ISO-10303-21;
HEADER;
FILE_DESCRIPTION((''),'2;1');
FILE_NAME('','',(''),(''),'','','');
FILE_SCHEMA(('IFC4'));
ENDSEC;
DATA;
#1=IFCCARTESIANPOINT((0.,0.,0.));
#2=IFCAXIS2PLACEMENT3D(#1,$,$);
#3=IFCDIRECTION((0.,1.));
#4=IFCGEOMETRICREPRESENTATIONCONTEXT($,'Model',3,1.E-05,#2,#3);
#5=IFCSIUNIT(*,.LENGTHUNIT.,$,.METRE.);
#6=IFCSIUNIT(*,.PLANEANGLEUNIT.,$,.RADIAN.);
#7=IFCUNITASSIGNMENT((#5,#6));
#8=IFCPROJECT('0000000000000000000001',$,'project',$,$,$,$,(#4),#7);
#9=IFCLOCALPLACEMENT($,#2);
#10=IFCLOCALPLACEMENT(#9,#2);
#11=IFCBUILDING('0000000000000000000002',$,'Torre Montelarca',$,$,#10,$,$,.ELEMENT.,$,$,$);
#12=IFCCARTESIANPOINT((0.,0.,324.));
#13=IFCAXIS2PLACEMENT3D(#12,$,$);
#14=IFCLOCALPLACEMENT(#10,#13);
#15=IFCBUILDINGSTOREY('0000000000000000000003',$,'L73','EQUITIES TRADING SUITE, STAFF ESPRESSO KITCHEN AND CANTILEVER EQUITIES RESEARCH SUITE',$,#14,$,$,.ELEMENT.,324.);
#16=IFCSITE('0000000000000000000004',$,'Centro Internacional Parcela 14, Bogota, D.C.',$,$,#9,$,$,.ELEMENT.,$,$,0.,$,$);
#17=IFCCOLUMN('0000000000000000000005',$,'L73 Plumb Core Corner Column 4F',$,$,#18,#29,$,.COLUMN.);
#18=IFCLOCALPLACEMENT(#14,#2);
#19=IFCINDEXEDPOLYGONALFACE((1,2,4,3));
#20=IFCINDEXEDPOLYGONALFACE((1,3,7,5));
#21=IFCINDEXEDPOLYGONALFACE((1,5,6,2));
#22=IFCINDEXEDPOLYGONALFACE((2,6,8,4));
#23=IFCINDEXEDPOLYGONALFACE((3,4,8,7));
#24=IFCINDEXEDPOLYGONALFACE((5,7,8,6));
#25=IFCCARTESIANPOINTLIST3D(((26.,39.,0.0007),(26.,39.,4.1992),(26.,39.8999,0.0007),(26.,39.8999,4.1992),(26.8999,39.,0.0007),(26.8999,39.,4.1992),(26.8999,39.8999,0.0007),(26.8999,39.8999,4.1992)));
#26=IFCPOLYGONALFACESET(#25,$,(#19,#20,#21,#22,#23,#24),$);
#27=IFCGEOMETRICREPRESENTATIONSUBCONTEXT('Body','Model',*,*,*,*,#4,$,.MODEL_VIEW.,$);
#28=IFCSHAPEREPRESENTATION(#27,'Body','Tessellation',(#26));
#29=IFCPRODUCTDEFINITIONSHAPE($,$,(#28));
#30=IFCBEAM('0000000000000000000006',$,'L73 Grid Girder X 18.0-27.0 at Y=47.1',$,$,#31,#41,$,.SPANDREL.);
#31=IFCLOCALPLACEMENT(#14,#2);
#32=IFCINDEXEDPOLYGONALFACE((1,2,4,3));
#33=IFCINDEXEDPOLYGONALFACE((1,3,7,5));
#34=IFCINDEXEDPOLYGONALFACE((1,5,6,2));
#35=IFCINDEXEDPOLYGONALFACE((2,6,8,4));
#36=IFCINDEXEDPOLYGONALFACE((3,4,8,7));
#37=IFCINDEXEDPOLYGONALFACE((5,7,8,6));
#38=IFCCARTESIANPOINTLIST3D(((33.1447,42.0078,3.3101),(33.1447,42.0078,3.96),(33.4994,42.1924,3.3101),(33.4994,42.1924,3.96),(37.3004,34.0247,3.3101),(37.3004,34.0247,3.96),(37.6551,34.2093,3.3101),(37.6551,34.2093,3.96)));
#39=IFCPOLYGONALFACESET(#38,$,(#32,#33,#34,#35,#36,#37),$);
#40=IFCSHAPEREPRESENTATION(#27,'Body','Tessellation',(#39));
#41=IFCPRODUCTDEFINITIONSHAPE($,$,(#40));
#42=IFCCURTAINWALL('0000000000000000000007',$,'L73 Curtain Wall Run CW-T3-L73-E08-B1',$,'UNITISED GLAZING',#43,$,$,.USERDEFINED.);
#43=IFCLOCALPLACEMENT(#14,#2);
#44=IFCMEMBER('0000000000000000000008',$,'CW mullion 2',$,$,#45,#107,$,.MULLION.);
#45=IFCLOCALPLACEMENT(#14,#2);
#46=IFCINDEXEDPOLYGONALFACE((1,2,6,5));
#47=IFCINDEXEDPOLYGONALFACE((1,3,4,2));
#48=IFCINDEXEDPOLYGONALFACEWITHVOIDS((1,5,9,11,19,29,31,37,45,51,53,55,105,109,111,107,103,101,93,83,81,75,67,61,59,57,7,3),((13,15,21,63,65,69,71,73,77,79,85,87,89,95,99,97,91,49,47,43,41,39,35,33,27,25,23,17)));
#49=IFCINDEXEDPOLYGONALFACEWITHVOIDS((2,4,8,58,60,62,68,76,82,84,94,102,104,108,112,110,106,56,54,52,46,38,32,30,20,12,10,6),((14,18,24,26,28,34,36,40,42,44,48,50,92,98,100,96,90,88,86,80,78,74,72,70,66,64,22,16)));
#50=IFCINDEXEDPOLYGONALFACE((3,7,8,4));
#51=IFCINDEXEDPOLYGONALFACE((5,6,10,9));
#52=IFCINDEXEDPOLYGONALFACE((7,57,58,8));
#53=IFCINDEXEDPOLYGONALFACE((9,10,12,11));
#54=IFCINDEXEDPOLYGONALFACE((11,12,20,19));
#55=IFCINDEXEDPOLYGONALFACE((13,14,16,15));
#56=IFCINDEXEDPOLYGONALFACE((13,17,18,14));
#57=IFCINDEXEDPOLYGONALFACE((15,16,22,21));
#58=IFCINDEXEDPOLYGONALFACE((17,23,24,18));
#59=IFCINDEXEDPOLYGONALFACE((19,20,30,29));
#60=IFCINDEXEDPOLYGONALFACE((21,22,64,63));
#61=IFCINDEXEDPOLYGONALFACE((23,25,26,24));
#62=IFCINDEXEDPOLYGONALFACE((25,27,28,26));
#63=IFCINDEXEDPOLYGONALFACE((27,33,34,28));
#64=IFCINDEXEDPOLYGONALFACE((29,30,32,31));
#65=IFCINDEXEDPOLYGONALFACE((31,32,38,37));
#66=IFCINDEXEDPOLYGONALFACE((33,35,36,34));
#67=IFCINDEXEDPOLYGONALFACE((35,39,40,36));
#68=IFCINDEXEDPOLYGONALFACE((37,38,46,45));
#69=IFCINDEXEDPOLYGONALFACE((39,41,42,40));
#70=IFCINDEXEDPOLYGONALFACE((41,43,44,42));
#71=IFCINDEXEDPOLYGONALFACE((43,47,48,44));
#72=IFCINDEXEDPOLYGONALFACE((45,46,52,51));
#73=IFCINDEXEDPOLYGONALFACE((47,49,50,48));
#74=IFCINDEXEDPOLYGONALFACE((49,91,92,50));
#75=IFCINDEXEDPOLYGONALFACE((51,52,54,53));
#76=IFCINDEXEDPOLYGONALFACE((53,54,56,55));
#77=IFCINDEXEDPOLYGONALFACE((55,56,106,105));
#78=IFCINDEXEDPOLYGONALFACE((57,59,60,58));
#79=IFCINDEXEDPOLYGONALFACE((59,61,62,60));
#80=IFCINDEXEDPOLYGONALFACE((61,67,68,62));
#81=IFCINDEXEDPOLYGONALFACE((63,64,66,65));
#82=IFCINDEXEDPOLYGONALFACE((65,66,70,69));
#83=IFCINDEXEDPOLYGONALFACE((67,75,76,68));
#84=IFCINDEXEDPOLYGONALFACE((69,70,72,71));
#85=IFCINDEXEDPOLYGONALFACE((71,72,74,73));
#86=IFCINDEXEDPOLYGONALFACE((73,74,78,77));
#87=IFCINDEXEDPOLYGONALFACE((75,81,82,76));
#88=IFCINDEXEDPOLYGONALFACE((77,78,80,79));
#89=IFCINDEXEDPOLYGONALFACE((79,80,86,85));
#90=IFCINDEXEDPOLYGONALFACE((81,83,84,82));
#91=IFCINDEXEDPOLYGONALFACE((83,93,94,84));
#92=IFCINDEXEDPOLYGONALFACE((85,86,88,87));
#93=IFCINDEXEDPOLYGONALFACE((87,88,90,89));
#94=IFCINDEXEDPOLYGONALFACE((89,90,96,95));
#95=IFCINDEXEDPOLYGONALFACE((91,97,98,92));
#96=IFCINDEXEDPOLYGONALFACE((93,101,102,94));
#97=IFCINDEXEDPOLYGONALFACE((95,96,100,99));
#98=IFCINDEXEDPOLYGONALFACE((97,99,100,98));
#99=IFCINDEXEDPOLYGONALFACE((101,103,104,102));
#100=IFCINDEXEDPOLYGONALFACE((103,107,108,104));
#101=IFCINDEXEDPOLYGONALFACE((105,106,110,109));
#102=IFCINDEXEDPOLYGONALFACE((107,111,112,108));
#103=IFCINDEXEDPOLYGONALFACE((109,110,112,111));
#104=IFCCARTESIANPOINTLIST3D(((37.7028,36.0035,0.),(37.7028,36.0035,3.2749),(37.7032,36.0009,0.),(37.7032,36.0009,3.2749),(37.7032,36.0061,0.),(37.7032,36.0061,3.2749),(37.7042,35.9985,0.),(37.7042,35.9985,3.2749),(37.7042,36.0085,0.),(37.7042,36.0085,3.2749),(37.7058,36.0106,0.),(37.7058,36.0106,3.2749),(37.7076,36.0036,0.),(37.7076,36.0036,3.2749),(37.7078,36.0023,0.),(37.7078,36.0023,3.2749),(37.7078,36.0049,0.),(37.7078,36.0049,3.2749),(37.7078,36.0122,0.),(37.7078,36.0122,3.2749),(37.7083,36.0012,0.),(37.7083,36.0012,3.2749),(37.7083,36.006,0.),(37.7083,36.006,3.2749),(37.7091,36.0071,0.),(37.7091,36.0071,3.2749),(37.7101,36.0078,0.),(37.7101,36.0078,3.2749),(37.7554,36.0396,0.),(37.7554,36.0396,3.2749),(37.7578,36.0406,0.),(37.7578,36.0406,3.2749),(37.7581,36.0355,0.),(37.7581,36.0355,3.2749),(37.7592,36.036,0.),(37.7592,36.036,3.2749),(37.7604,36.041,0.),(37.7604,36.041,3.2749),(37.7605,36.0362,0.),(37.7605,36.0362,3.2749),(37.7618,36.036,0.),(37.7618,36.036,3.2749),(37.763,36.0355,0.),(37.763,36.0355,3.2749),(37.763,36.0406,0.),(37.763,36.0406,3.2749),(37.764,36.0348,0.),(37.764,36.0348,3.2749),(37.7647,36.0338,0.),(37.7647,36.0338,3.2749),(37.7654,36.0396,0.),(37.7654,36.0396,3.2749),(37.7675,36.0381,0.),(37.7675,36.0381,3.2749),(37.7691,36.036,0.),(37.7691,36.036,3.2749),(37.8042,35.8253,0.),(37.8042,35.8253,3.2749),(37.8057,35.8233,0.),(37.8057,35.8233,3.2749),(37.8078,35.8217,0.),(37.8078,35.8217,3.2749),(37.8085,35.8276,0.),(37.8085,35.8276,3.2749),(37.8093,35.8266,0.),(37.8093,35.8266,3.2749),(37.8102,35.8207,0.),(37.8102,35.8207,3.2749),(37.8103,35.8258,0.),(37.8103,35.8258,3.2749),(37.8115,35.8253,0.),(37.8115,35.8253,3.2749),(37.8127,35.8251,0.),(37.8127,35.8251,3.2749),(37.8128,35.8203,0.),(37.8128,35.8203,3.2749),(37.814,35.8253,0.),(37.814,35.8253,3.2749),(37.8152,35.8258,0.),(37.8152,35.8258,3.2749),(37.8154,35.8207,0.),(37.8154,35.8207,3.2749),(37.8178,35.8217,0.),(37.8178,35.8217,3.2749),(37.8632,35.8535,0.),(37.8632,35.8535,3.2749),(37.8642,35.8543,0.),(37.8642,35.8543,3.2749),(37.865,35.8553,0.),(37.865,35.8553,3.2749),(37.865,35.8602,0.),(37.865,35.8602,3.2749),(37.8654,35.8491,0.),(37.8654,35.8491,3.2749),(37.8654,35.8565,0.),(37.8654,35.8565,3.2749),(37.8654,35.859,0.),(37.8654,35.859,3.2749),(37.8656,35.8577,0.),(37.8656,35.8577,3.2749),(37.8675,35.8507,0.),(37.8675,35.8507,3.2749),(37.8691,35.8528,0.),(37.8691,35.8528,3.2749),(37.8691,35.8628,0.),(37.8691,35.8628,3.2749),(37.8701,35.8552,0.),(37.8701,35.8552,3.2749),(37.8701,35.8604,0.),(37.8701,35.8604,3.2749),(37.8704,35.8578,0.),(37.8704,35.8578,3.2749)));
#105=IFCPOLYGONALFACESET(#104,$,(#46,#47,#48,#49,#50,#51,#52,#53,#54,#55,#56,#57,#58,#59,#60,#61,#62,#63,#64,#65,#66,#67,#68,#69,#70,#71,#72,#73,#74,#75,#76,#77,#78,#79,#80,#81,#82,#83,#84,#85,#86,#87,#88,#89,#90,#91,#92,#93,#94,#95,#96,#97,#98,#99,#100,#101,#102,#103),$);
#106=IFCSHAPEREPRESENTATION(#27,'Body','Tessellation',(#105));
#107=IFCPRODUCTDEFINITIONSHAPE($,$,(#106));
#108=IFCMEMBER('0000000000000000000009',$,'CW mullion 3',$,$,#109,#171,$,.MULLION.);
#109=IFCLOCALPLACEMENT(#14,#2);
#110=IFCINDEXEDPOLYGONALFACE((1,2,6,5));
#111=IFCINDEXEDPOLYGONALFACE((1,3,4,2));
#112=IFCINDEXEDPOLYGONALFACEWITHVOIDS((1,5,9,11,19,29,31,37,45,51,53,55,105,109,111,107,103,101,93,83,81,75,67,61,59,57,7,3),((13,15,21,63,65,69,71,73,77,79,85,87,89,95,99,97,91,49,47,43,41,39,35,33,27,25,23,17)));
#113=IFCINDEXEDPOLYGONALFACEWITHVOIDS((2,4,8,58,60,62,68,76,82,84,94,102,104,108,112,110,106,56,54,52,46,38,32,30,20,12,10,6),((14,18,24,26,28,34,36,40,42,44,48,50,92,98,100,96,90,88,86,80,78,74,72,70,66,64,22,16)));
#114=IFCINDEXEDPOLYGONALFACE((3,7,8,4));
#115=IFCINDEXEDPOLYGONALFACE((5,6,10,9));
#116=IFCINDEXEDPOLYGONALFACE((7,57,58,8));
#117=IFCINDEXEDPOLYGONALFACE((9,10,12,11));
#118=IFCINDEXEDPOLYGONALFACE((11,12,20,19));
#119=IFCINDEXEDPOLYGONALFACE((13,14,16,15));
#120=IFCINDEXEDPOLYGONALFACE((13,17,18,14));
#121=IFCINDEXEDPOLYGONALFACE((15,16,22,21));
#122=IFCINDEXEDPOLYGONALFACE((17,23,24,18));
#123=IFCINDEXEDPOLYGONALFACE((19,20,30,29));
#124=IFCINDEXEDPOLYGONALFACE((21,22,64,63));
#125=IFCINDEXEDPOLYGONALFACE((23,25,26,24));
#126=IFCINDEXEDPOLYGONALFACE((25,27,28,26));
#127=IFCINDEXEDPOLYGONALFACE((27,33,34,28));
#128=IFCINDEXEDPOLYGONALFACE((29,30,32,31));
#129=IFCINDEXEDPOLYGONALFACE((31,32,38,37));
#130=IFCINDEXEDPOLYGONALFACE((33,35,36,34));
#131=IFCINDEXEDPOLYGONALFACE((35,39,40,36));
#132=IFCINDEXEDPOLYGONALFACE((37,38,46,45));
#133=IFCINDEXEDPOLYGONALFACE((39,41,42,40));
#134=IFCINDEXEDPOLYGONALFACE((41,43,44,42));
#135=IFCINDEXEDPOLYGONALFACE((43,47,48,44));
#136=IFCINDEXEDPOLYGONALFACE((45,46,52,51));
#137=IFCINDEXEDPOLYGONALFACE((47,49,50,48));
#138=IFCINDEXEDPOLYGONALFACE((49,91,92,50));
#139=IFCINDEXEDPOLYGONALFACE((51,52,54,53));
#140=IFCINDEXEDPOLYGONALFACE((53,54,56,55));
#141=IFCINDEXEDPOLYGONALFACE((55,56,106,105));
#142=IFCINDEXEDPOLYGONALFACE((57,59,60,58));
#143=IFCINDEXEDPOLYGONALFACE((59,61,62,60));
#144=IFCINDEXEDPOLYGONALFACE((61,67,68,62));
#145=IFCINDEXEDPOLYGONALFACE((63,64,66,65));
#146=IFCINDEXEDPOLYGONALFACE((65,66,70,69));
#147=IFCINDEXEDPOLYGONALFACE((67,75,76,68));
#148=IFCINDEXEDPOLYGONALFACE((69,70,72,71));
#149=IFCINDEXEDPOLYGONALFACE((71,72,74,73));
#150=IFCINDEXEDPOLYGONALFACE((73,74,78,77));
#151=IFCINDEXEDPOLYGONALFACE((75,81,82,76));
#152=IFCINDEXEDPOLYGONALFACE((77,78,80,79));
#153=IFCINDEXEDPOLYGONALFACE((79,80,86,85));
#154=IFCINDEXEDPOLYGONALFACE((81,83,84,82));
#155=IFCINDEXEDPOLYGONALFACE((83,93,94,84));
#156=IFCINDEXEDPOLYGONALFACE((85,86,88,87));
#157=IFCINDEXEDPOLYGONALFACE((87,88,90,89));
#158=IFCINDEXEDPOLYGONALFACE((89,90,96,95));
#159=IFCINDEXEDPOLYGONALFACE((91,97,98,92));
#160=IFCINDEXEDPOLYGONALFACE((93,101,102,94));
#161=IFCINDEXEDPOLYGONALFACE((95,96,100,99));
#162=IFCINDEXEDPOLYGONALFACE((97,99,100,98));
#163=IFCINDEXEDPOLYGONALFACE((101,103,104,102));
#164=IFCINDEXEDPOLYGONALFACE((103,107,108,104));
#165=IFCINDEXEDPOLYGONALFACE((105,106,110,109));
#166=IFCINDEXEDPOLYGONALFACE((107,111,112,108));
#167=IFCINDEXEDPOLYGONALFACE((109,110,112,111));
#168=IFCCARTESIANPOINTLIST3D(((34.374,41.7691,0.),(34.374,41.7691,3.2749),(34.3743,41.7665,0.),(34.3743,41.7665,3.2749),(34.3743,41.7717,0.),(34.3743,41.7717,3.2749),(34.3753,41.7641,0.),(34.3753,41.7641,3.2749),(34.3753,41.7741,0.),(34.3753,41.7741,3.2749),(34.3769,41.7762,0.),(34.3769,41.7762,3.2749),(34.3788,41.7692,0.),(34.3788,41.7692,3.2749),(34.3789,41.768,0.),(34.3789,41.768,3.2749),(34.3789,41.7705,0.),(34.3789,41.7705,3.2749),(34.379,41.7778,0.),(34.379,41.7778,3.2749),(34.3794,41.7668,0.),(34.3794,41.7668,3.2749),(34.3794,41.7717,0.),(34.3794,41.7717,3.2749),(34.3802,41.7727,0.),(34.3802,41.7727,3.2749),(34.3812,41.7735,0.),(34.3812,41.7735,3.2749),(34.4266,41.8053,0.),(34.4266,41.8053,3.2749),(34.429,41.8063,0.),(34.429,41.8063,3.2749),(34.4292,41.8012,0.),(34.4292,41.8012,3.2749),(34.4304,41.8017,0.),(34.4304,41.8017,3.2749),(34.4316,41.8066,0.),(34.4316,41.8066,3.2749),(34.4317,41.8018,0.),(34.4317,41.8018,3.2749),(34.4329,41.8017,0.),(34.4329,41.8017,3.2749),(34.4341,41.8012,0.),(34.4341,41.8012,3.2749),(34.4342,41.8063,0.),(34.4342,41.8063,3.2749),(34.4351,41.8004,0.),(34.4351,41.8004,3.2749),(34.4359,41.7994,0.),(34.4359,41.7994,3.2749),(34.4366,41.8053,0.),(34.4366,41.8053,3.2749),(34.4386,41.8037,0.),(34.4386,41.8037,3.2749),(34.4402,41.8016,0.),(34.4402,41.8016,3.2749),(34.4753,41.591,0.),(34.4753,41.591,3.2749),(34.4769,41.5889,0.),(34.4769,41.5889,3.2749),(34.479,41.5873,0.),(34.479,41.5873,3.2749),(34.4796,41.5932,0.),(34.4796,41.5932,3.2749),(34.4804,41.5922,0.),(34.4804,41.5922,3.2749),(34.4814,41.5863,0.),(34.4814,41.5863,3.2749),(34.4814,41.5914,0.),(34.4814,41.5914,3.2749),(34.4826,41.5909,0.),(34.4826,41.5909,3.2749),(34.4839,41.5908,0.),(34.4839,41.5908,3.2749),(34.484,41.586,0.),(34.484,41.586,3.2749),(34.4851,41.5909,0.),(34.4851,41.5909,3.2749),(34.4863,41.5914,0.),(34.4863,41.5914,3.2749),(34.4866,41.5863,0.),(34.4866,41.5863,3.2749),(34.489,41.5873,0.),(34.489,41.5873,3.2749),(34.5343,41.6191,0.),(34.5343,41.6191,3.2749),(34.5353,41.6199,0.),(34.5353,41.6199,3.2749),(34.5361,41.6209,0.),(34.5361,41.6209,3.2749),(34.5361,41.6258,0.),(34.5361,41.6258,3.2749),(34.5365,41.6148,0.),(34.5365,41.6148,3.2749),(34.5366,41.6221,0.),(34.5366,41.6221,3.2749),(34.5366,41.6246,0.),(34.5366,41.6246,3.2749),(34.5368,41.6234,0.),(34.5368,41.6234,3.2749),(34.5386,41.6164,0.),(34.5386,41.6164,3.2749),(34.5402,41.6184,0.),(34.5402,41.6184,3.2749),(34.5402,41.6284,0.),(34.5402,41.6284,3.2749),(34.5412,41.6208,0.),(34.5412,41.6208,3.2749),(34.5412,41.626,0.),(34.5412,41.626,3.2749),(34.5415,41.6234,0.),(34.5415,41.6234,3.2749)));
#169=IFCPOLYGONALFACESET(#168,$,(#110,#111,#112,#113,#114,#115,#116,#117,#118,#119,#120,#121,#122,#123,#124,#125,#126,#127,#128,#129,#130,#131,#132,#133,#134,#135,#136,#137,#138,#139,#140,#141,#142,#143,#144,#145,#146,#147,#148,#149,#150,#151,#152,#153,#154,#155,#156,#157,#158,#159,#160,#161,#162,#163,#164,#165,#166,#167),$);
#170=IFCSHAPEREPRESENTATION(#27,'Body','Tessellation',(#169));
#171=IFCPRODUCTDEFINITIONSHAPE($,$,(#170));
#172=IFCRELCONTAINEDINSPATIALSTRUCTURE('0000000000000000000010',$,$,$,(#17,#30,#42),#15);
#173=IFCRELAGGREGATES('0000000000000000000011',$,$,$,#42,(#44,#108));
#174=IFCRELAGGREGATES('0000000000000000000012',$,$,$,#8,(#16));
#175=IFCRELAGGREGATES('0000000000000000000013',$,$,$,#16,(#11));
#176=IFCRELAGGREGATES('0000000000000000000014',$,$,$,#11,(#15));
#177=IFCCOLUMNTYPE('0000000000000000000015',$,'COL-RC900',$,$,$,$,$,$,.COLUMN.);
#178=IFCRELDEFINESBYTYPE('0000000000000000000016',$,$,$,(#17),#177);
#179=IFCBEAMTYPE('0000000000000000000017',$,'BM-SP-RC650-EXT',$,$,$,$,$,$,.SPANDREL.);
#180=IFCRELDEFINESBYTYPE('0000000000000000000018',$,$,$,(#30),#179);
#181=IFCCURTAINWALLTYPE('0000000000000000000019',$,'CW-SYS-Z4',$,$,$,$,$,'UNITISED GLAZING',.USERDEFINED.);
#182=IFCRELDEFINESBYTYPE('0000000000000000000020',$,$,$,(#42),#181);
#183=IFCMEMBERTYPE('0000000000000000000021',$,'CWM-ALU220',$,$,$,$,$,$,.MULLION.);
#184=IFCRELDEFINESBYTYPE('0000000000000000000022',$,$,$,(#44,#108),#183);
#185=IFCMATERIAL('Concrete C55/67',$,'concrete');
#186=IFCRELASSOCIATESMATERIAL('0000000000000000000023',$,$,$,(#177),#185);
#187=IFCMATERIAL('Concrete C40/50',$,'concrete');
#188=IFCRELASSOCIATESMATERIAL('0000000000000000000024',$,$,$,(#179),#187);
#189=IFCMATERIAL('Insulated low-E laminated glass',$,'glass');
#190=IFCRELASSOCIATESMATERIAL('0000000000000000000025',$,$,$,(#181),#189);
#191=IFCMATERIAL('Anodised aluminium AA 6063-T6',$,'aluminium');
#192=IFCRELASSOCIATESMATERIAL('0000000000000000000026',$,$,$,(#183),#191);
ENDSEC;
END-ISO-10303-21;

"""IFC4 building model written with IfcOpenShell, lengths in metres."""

from ifc_helpers import new_model, si_unit, direction, frame, origin, origin_2d, place, context, subcontext, project, spatial, rectangle, hollow_rectangle, extrude, source, transform, mapped, material, material_profile, profile_set, type_object, element, aggregate, save


model = new_model("IFC4")

# Units and contexts
model_context = context("Model", 3, precision=1e-05, world=origin(), true_north=direction((0.0, 1.0)))
body_context = subcontext(model_context, "Body", "Model", "MODEL_VIEW")
ifc_project = project(units=[si_unit("LENGTHUNIT", "METRE"), si_unit("PLANEANGLEUNIT", "RADIAN")], contexts=[model_context])

# Site, building, storey
site_placement = place(None, origin())
site = spatial("IfcSite", under=ifc_project, at=site_placement, Name="Centro Internacional Parcela 14, Bogota, D.C.", CompositionType="ELEMENT", RefElevation=0.0)
building_placement = place(site_placement, origin())
building = spatial("IfcBuilding", under=site, at=building_placement, Name="Torre Montelarca", CompositionType="ELEMENT")
storey_placement = place(building_placement, frame((0.0, 0.0, 324.0)))
storey = spatial("IfcBuildingStorey", under=building, at=storey_placement, Name="L73", Description="EQUITIES TRADING SUITE, STAFF ESPRESSO KITCHEN AND CANTILEVER EQUITIES RESEARCH SUITE", CompositionType="ELEMENT", Elevation=324.0)

# Column
ifc_material_1 = material(Name="Concrete C40/50", Category="concrete")
ifc_material_2 = material(Name="Concrete C55/67", Category="concrete")
ifc_material_profile_1 = material_profile(ifc_material_2, rectangle(XDim=0.8999, YDim=0.8999, at=origin_2d()), Name="RC900X900", Category="concrete")
ifc_profile_set_1 = profile_set([ifc_material_profile_1], Name="Concrete C55/67")
column_type_1 = type_object("IfcColumnType", Name="COL-RC900", PredefinedType="COLUMN", material=ifc_profile_set_1)
shared_shape_1 = source(origin(), body_context, "Body", "SweptSolid", [
    extrude(rectangle(XDim=0.8999, YDim=0.8999, at=origin_2d()), origin(), (0.0, 0.0, 1.0), 4.1985),
])
column_1_placement = place(storey_placement, frame((26.45, 39.45, 0.0007), z_axis=(0.0, 0.0, 1.0), x_axis=(1.0, 0.0, 0.0)))
element("IfcColumn", 1, at=column_1_placement, inside=storey, type_object=column_type_1, Name="L73 Plumb Core Corner Column 4F", PredefinedType="COLUMN", context=body_context, shape_type="MappedRepresentation", body=[
    mapped(shared_shape_1, transform((0.0, 0.0, 0.0), scale=1.0)),
])

# Beam
ifc_material_profile_2 = material_profile(ifc_material_1, rectangle(XDim=0.3999, YDim=0.6499, at=origin_2d()), Name="RCB400X650", Category="concrete")
ifc_profile_set_2 = profile_set([ifc_material_profile_2], Name="Concrete C40/50")
beam_type = type_object("IfcBeamType", Name="BM-SP-RC650-EXT", PredefinedType="SPANDREL", material=ifc_profile_set_2)
shared_shape_2 = source(origin(), body_context, "Body", "SweptSolid", [
    extrude(rectangle(XDim=0.3999, YDim=0.6499, at=origin_2d()), origin(), (0.0, 0.0, 1.0), 9.0),
])
beam_placement = place(storey_placement, frame((33.322, 42.1001, 3.635), z_axis=(0.461748, -0.887011, 0.0), x_axis=(0.887011, 0.461748, 0.0)))
element("IfcBeam", 2, at=beam_placement, inside=storey, type_object=beam_type, Name="L73 Grid Girder X 18.0-27.0 at Y=47.1", PredefinedType="SPANDREL", context=body_context, shape_type="MappedRepresentation", body=[
    mapped(shared_shape_2, transform((0.0, 0.0, 0.0), scale=1.0)),
])

# Curtain wall, members
ifc_material_3 = material(Name="Insulated low-E laminated glass", Category="glass")
curtain_wall_type = type_object("IfcCurtainWallType", Name="CW-SYS-Z4", ElementType="UNITISED GLAZING", PredefinedType="USERDEFINED", material=ifc_material_3)
curtain_wall_1_placement = place(storey_placement, origin())
curtain_wall_1 = element("IfcCurtainWall", 3, at=curtain_wall_1_placement, inside=storey, type_object=curtain_wall_type, Name="L73 Curtain Wall Run CW-T3-L73-E08-B1", ObjectType="UNITISED GLAZING", PredefinedType="USERDEFINED")
ifc_material_4 = material(Name="Anodised aluminium AA 6063-T6", Category="aluminium")
ifc_material_profile_3 = material_profile(ifc_material_4, hollow_rectangle(XDim=0.075, YDim=0.22, WallThickness=0.0049, InnerFilletRadius=0.0049, OuterFilletRadius=0.01, at=origin_2d()), Name="ALU75X220X5", Category="aluminium")
ifc_profile_set_3 = profile_set([ifc_material_profile_3], Name="Anodised aluminium AA 6063-T6")
member_type_1 = type_object("IfcMemberType", Name="CWM-ALU220", PredefinedType="MULLION", material=ifc_profile_set_3)
shared_shape_3 = source(origin(), body_context, "Body", "SweptSolid", [
    extrude(hollow_rectangle(XDim=0.075, YDim=0.22, WallThickness=0.0049, InnerFilletRadius=0.0049, OuterFilletRadius=0.01, at=origin_2d()), origin(), (0.0, 0.0, 1.0), 3.2749),
])
member_1_placement = place(storey_placement, frame((37.7866, 35.9307, 0.0), z_axis=(0.0, 0.0, 1.0), x_axis=(-0.866026, -0.499999, 0.0)))
member_1 = element("IfcMember", 4, at=member_1_placement, type_object=member_type_1, Name="CW mullion 2", PredefinedType="MULLION", context=body_context, shape_type="MappedRepresentation", body=[
    mapped(shared_shape_3, transform((0.0, 0.0, 0.0), scale=1.0)),
])
member_2_placement = place(storey_placement, frame((34.4578, 41.6963, 0.0), z_axis=(0.0, 0.0, 1.0), x_axis=(-0.866026, -0.499999, 0.0)))
member_2 = element("IfcMember", 5, at=member_2_placement, type_object=member_type_1, Name="CW mullion 3", PredefinedType="MULLION", context=body_context, shape_type="MappedRepresentation", body=[
    mapped(shared_shape_3, transform((0.0, 0.0, 0.0), scale=1.0)),
])

aggregate(curtain_wall_1, [member_1, member_2])

save(model, "model.ifc")
